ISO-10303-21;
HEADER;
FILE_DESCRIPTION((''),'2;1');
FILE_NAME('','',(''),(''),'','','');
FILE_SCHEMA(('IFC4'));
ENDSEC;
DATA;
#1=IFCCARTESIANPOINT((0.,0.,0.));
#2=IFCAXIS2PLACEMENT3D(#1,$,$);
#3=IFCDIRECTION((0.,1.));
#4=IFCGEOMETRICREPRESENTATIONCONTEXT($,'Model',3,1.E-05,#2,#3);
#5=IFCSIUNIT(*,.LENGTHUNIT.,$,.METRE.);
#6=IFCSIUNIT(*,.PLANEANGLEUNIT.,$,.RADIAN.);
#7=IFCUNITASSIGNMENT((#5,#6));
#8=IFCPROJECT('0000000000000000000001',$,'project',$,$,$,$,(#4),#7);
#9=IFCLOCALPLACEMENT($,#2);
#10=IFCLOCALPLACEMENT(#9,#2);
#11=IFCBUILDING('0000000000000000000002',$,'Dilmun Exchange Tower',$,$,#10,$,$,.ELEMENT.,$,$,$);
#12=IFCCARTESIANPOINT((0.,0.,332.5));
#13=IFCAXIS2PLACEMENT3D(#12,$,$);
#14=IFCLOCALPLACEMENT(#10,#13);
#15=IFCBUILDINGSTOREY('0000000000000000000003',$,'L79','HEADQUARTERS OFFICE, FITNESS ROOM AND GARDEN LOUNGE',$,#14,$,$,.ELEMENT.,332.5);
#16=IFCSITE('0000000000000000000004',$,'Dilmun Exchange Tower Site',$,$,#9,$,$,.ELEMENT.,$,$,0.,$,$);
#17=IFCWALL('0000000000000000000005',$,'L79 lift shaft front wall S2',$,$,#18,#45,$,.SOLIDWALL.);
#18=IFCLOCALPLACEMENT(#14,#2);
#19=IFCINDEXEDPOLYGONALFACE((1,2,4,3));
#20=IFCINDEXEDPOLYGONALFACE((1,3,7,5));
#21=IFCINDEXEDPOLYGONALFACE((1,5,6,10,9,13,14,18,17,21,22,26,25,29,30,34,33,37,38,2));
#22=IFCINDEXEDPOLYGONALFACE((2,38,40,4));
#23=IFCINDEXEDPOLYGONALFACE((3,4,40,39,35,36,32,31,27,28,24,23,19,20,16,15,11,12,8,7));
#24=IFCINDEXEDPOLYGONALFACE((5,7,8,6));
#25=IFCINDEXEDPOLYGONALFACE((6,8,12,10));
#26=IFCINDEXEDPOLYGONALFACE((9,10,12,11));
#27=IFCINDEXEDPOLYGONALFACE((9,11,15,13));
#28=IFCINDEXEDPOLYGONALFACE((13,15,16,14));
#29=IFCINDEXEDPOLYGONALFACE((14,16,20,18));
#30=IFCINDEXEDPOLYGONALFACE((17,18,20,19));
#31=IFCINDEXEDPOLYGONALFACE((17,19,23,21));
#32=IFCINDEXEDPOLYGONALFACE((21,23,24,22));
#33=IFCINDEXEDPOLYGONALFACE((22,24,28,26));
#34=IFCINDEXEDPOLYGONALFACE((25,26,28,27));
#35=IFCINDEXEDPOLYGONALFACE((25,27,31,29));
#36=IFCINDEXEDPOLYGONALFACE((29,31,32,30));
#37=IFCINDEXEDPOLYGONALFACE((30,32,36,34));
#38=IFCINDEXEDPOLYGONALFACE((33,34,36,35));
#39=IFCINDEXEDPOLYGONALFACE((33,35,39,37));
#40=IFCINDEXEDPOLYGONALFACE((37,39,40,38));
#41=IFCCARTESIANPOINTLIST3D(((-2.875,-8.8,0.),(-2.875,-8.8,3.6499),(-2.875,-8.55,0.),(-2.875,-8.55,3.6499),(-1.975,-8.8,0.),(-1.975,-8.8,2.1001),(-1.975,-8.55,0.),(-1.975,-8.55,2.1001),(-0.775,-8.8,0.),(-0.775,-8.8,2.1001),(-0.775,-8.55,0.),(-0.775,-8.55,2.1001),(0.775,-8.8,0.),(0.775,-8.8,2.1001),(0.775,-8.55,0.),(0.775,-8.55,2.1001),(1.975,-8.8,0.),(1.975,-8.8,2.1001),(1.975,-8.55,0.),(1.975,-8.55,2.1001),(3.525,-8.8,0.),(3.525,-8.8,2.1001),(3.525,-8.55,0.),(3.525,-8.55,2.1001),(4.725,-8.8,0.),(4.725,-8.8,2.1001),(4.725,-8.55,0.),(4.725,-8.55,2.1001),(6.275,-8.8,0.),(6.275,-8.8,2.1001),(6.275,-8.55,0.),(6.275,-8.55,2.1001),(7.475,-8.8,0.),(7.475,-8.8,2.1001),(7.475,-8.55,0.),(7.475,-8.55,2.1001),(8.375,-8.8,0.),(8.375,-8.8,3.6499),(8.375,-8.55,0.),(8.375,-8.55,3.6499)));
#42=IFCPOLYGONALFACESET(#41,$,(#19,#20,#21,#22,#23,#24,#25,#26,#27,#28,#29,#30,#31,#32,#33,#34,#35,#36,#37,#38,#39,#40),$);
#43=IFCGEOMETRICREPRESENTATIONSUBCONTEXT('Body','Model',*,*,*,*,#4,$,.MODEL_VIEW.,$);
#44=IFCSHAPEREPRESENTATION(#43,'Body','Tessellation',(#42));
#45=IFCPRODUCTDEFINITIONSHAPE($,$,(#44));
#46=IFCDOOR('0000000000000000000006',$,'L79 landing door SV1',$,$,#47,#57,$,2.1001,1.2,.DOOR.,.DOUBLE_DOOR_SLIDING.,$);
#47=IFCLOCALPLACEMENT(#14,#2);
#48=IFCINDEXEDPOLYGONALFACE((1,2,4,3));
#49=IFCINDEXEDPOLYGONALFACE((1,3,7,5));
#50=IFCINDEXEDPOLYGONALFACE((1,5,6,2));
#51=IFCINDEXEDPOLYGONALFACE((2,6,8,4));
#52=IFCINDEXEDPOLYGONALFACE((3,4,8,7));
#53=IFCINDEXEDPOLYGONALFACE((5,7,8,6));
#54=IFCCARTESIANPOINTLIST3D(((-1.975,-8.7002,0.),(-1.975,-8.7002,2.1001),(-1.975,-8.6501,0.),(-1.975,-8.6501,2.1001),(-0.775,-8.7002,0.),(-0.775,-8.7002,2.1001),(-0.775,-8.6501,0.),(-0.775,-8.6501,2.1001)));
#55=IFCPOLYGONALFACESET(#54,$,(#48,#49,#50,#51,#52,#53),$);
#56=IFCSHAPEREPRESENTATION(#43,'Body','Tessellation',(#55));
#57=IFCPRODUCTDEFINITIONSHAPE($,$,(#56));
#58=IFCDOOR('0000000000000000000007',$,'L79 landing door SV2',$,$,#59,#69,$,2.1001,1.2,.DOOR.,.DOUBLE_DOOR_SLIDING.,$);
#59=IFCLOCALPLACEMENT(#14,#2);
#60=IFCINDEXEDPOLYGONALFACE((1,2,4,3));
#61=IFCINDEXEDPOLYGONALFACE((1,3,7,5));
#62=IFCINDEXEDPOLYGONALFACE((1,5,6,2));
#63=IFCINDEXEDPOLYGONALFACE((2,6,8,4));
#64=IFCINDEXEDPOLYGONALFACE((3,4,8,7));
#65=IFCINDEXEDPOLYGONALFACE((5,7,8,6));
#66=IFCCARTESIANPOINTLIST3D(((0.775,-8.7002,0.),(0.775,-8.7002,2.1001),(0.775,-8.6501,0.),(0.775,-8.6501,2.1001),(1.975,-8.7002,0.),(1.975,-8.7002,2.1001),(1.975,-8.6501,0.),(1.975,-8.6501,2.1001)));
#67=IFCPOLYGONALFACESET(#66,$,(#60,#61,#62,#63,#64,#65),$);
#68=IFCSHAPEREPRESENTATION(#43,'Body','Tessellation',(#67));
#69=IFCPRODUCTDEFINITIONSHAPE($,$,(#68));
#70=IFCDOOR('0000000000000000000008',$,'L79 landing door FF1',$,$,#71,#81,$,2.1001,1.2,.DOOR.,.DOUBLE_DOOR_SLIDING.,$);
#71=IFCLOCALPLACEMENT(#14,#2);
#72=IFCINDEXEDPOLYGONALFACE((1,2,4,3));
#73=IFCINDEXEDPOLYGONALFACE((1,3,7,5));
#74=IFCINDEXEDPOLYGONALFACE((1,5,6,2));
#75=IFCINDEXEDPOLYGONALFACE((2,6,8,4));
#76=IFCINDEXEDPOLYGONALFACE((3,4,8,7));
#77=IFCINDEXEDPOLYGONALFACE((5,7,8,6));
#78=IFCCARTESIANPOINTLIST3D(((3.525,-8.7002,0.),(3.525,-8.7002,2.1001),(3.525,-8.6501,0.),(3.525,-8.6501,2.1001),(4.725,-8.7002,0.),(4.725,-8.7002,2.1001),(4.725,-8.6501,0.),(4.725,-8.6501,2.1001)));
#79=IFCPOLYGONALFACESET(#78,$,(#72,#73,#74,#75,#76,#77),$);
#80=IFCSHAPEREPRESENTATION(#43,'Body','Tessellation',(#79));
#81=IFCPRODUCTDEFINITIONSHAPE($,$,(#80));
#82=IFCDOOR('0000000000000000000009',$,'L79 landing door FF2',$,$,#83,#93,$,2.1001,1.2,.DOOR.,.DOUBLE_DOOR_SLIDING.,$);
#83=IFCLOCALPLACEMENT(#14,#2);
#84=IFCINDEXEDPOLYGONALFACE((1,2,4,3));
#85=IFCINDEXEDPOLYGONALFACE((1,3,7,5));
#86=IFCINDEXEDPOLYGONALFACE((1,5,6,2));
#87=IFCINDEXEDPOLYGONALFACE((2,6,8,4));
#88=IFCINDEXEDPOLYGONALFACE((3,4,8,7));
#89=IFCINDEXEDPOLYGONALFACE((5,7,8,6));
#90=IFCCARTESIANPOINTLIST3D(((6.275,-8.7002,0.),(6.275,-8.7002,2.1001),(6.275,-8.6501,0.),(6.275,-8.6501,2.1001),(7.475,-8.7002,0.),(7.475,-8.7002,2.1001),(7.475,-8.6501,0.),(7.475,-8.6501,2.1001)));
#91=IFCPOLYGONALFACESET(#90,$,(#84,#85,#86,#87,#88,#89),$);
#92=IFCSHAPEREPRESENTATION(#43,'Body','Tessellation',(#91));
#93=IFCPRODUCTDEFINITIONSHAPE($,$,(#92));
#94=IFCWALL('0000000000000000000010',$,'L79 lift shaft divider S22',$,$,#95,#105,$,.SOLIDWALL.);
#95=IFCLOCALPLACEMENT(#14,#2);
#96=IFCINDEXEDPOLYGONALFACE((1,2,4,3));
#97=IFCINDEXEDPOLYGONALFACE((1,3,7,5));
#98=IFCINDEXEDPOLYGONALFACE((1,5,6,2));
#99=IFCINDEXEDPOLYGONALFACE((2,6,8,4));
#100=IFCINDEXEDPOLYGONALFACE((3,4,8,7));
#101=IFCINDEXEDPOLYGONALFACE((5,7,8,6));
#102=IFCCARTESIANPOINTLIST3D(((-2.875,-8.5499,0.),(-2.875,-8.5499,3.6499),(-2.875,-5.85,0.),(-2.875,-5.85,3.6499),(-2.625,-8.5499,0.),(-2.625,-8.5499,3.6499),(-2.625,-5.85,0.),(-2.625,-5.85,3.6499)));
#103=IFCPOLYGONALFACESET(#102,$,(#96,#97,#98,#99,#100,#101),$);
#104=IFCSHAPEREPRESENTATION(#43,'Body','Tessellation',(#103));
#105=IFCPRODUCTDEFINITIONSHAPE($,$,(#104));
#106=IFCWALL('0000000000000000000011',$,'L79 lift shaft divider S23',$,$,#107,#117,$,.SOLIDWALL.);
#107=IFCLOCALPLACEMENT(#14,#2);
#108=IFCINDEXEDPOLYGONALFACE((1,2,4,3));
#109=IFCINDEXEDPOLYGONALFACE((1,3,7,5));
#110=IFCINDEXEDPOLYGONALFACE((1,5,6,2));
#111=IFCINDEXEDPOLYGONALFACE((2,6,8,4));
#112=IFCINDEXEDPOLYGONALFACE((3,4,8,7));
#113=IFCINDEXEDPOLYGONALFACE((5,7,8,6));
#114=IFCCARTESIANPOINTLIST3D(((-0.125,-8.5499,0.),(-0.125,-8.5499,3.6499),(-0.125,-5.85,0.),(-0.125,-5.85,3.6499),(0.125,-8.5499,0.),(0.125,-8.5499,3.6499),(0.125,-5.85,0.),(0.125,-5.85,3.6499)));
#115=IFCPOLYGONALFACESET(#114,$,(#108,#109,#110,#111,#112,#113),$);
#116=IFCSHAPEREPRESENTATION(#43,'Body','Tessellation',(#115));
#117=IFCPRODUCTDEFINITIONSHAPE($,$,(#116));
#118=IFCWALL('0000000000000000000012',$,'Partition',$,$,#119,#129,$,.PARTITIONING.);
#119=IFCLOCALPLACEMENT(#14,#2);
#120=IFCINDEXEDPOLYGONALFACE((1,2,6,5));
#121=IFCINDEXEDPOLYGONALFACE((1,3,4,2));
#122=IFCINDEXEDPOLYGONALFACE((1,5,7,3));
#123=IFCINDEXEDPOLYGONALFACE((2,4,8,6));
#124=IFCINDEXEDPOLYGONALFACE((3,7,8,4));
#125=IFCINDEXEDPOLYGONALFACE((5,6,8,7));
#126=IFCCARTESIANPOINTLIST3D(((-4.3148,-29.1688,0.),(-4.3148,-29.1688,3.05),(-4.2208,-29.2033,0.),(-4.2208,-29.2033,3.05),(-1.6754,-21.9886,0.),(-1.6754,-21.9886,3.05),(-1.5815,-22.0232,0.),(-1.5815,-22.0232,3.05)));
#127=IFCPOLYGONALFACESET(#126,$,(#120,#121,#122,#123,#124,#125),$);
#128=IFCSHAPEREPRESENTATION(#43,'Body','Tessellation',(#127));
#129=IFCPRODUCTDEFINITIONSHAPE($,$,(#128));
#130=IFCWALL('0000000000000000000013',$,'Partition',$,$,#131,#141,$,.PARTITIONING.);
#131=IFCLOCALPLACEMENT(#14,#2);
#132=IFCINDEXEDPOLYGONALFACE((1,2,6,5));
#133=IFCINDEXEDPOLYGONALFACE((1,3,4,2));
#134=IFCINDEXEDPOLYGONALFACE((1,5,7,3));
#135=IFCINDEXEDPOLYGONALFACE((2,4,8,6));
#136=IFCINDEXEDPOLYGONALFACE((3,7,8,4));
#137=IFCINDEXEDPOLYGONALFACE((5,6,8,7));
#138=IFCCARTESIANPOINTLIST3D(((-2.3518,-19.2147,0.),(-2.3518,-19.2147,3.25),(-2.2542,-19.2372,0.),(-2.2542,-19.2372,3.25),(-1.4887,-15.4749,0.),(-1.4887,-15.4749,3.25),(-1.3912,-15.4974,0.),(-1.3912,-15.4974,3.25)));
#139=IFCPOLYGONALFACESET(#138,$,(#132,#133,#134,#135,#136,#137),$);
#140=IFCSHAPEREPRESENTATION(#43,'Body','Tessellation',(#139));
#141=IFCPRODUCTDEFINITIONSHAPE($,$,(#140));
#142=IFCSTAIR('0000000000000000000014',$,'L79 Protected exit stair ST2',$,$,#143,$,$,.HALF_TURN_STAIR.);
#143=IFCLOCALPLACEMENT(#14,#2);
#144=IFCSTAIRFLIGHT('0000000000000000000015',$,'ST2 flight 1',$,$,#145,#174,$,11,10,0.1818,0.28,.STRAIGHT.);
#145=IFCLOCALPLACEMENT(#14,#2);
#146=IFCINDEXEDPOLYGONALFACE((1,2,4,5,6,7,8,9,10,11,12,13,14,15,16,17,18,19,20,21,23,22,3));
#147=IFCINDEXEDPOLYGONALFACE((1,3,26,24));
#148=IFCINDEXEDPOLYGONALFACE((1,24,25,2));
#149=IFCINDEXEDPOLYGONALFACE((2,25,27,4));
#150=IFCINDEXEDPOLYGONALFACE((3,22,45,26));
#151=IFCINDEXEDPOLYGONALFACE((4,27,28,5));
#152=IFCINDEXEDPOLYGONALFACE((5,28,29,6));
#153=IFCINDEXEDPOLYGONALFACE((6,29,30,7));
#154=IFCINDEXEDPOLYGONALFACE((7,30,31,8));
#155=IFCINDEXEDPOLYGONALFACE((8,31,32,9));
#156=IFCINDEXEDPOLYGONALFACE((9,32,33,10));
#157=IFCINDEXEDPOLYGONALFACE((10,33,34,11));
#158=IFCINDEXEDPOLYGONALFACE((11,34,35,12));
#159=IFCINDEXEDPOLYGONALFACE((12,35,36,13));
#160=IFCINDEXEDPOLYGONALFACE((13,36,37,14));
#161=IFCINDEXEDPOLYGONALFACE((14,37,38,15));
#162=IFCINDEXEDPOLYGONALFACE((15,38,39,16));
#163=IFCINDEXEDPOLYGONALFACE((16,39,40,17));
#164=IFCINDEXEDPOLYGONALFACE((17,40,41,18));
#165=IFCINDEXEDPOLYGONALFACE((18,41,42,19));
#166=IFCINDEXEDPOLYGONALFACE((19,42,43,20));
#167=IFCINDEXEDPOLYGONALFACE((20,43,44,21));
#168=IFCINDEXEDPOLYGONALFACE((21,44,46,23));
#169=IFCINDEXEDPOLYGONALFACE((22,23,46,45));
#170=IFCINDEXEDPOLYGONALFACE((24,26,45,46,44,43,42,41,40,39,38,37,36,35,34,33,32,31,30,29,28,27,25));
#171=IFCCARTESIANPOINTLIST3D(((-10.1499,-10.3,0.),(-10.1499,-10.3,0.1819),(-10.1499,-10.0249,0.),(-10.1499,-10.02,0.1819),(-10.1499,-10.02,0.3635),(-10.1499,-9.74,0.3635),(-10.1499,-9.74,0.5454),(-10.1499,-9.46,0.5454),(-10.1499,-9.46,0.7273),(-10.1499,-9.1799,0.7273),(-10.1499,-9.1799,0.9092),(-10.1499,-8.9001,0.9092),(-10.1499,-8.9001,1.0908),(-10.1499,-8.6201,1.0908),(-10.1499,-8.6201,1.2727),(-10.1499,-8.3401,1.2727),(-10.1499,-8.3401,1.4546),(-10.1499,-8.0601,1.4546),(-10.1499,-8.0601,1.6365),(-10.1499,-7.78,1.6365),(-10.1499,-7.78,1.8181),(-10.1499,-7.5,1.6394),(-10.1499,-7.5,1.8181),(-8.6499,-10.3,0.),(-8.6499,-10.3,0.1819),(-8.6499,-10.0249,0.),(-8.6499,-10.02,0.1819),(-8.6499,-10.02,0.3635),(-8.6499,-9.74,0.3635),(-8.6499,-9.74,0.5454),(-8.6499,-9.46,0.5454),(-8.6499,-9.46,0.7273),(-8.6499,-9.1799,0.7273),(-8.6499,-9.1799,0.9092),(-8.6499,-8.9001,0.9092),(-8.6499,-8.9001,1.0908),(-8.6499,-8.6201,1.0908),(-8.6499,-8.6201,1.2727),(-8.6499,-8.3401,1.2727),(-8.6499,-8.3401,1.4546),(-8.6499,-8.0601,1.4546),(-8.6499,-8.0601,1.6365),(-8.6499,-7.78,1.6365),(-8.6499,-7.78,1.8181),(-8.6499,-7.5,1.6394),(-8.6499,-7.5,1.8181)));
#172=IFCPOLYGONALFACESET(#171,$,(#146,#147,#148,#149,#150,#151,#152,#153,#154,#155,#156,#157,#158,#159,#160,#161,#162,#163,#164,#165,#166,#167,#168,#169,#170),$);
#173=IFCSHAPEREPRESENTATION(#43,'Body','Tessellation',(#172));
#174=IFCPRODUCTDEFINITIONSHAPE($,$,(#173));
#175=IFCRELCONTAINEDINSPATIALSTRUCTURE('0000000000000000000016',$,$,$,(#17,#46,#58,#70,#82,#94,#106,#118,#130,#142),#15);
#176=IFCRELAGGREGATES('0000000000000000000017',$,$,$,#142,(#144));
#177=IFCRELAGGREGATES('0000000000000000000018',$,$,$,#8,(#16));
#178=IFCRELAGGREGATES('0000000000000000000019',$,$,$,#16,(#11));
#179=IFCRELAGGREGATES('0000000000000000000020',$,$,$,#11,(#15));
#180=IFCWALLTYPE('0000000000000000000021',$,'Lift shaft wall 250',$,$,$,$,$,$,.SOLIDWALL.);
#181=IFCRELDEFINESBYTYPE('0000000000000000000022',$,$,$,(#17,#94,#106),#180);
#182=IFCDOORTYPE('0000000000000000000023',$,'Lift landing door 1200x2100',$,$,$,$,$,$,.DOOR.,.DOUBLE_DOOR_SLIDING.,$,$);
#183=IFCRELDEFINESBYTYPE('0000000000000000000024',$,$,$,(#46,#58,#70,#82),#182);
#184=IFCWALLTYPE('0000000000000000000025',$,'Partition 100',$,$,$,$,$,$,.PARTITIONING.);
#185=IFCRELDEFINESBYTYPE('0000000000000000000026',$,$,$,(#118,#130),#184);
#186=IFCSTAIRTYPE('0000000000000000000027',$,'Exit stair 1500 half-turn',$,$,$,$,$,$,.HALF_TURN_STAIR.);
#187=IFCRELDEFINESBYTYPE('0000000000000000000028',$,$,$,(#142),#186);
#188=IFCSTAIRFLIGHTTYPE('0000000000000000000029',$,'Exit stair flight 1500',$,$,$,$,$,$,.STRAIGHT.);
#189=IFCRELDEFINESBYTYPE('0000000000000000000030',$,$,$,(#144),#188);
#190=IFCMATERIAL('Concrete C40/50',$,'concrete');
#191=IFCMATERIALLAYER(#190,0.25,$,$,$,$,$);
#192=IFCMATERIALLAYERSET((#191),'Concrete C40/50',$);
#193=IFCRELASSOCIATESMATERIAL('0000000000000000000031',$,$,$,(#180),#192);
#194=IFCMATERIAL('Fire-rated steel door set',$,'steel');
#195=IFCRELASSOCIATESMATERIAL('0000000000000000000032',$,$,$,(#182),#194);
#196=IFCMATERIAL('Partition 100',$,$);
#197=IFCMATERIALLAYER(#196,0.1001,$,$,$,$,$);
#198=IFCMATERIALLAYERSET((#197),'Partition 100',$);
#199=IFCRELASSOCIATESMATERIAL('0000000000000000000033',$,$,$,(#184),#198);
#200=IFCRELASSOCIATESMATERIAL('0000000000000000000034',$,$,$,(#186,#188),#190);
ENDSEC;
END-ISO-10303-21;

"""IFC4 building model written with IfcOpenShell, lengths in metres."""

from ifc_helpers import new_model, si_unit, direction, frame, frame_2d, origin, place, context, subcontext, project, spatial, polyline, rectangle, outline, extrude, material, layer, layer_set, type_object, element, fill, aggregate, save


model = new_model("IFC4")

# Units and contexts
model_context = context("Model", 3, precision=1e-05, world=origin(), true_north=direction((0.0, 1.0)))
body_context = subcontext(model_context, "Body", "Model", "MODEL_VIEW")
ifc_project = project(units=[si_unit("LENGTHUNIT", "METRE"), si_unit("PLANEANGLEUNIT", "RADIAN")], contexts=[model_context])

# Site, building, storey
site_placement = place(None, origin())
site = spatial("IfcSite", under=ifc_project, at=site_placement, Name="Dilmun Exchange Tower Site", CompositionType="ELEMENT", RefElevation=0.0)
building_placement = place(site_placement, origin())
building = spatial("IfcBuilding", under=site, at=building_placement, Name="Dilmun Exchange Tower", CompositionType="ELEMENT")
storey_placement = place(building_placement, frame((0.0, 0.0, 332.5)))
storey = spatial("IfcBuildingStorey", under=building, at=storey_placement, Name="L79", Description="HEADQUARTERS OFFICE, FITNESS ROOM AND GARDEN LOUNGE", CompositionType="ELEMENT", Elevation=332.5)

# Shared definitions
ifc_material_1 = material(Name="Concrete C40/50", Category="concrete")

# Shared definitions
ifc_material_2 = material(Name="Fire-rated steel door set", Category="steel")

# Wall, openings, doors
ifc_layer_1 = layer(ifc_material_1, 0.25)
ifc_layer_set_1 = layer_set([ifc_layer_1], Name="Concrete C40/50")
wall_type_1 = type_object("IfcWallType", Name="Lift shaft wall 250", PredefinedType="SOLIDWALL", material=ifc_layer_set_1)
wall_1_placement = place(storey_placement, frame((-2.875, -8.675, 0.0), z_axis=(0.0, 0.0, 1.0), x_axis=(1.0, 0.0, 0.0)))
wall_1 = element("IfcWall", 1, at=wall_1_placement, inside=storey, type_object=wall_type_1, Name="L79 lift shaft front wall S2", PredefinedType="SOLIDWALL", context=body_context, shape_type="SweptSolid", body=[
    extrude(rectangle(XDim=11.25, YDim=0.25, at=frame_2d((5.625, 0.0))), origin(), (0.0, 0.0, 1.0), 3.6499),
])
opening_1_placement = place(wall_1_placement, frame((0.8999, 0.0, 0.0)))
opening_1 = element("IfcOpeningElement", 2, at=opening_1_placement, cuts=wall_1, PredefinedType="OPENING", context=body_context, shape_type="SweptSolid", body=[
    extrude(rectangle(XDim=1.2, YDim=2.1001, at=frame_2d((0.6001, 1.05))), frame((0.0, 0.135, 0.0), z_axis=(0.0, -1.0, 0.0), x_axis=(1.0, 0.0, 0.0)), (0.0, 0.0, 1.0), 0.27),
])
opening_2_placement = place(wall_1_placement, frame((3.6499, 0.0, 0.0)))
opening_2 = element("IfcOpeningElement", 3, at=opening_2_placement, cuts=wall_1, PredefinedType="OPENING", context=body_context, shape_type="SweptSolid", body=[
    extrude(rectangle(XDim=1.2, YDim=2.1001, at=frame_2d((0.6001, 1.05))), frame((0.0, 0.135, 0.0), z_axis=(0.0, -1.0, 0.0), x_axis=(1.0, 0.0, 0.0)), (0.0, 0.0, 1.0), 0.27),
])
opening_3_placement = place(wall_1_placement, frame((6.3999, 0.0, 0.0)))
opening_3 = element("IfcOpeningElement", 4, at=opening_3_placement, cuts=wall_1, PredefinedType="OPENING", context=body_context, shape_type="SweptSolid", body=[
    extrude(rectangle(XDim=1.2, YDim=2.1001, at=frame_2d((0.6001, 1.05))), frame((0.0, 0.135, 0.0), z_axis=(0.0, -1.0, 0.0), x_axis=(1.0, 0.0, 0.0)), (0.0, 0.0, 1.0), 0.27),
])
opening_4_placement = place(wall_1_placement, frame((9.1499, 0.0, 0.0)))
opening_4 = element("IfcOpeningElement", 5, at=opening_4_placement, cuts=wall_1, PredefinedType="OPENING", context=body_context, shape_type="SweptSolid", body=[
    extrude(rectangle(XDim=1.2, YDim=2.1001, at=frame_2d((0.6001, 1.05))), frame((0.0, 0.135, 0.0), z_axis=(0.0, -1.0, 0.0), x_axis=(1.0, 0.0, 0.0)), (0.0, 0.0, 1.0), 0.27),
])
door_type_1 = type_object("IfcDoorType", Name="Lift landing door 1200x2100", OperationType="DOUBLE_DOOR_SLIDING", PredefinedType="DOOR", material=ifc_material_2)
door_1_placement = place(opening_1_placement, origin())
door_1 = element("IfcDoor", 6, at=door_1_placement, inside=storey, type_object=door_type_1, Name="L79 landing door SV1", OperationType="DOUBLE_DOOR_SLIDING", OverallHeight=2.1001, OverallWidth=1.2, PredefinedType="DOOR", context=body_context, shape_type="SweptSolid", body=[
    extrude(rectangle(XDim=1.2, YDim=2.1001, at=frame_2d((0.6001, 1.05))), frame((0.0, 0.0249, 0.0), z_axis=(0.0, -1.0, 0.0), x_axis=(1.0, 0.0, 0.0)), (0.0, 0.0, 1.0), 0.05),
])
fill(opening_1, door_1)
door_2_placement = place(opening_2_placement, origin())
door_2 = element("IfcDoor", 7, at=door_2_placement, inside=storey, type_object=door_type_1, Name="L79 landing door SV2", OperationType="DOUBLE_DOOR_SLIDING", OverallHeight=2.1001, OverallWidth=1.2, PredefinedType="DOOR", context=body_context, shape_type="SweptSolid", body=[
    extrude(rectangle(XDim=1.2, YDim=2.1001, at=frame_2d((0.6001, 1.05))), frame((0.0, 0.0249, 0.0), z_axis=(0.0, -1.0, 0.0), x_axis=(1.0, 0.0, 0.0)), (0.0, 0.0, 1.0), 0.05),
])
fill(opening_2, door_2)
door_3_placement = place(opening_3_placement, origin())
door_3 = element("IfcDoor", 8, at=door_3_placement, inside=storey, type_object=door_type_1, Name="L79 landing door FF1", OperationType="DOUBLE_DOOR_SLIDING", OverallHeight=2.1001, OverallWidth=1.2, PredefinedType="DOOR", context=body_context, shape_type="SweptSolid", body=[
    extrude(rectangle(XDim=1.2, YDim=2.1001, at=frame_2d((0.6001, 1.05))), frame((0.0, 0.0249, 0.0), z_axis=(0.0, -1.0, 0.0), x_axis=(1.0, 0.0, 0.0)), (0.0, 0.0, 1.0), 0.05),
])
fill(opening_3, door_3)
door_4_placement = place(opening_4_placement, origin())
door_4 = element("IfcDoor", 9, at=door_4_placement, inside=storey, type_object=door_type_1, Name="L79 landing door FF2", OperationType="DOUBLE_DOOR_SLIDING", OverallHeight=2.1001, OverallWidth=1.2, PredefinedType="DOOR", context=body_context, shape_type="SweptSolid", body=[
    extrude(rectangle(XDim=1.2, YDim=2.1001, at=frame_2d((0.6001, 1.05))), frame((0.0, 0.0249, 0.0), z_axis=(0.0, -1.0, 0.0), x_axis=(1.0, 0.0, 0.0)), (0.0, 0.0, 1.0), 0.05),
])
fill(opening_4, door_4)

# Walls
for number, where, z_axis, x_axis, name in (
    (10, (-2.75, -8.55, 0.0), (0.0, 0.0, 1.0), (0.0, 1.0, 0.0), "L79 lift shaft divider S22"),
    (11, (0.0, -8.55, 0.0), (0.0, 0.0, 1.0), (0.0, 1.0, 0.0), "L79 lift shaft divider S23"),
):
    element("IfcWall", number, at=place(storey_placement, frame(where, z_axis=z_axis, x_axis=x_axis)), inside=storey, type_object=wall_type_1, Name=name, PredefinedType="SOLIDWALL", context=body_context, shape_type="SweptSolid", body=[
        extrude(rectangle(XDim=2.7, YDim=0.25, at=frame_2d((1.3501, 0.0))), origin(), (0.0, 0.0, 1.0), 3.6499),
    ])
ifc_material_3 = material(Name="Partition 100")
ifc_layer_2 = layer(ifc_material_3, 0.1001)
ifc_layer_set_2 = layer_set([ifc_layer_2], Name="Partition 100")
wall_type_2 = type_object("IfcWallType", Name="Partition 100", PredefinedType="PARTITIONING", material=ifc_layer_set_2)
wall_2_placement = place(storey_placement, frame((-4.2678, -29.186, 0.0), z_axis=(0.0, 0.0, 1.0), x_axis=(0.345023, 0.938594, 0.0)))
element("IfcWall", 12, at=wall_2_placement, inside=storey, type_object=wall_type_2, Name="Partition", PredefinedType="PARTITIONING", context=body_context, shape_type="SweptSolid", body=[
    extrude(rectangle(XDim=7.6499, YDim=0.1001, at=frame_2d((3.825, 0.0))), origin(), (0.0, 0.0, 1.0), 3.05),
])
wall_3_placement = place(storey_placement, frame((-2.303, -19.2258, 0.0), z_axis=(0.0, 0.0, 1.0), x_axis=(0.224864, 0.97439, 0.0)))
element("IfcWall", 13, at=wall_3_placement, inside=storey, type_object=wall_type_2, Name="Partition", PredefinedType="PARTITIONING", context=body_context, shape_type="SweptSolid", body=[
    extrude(rectangle(XDim=3.8381, YDim=0.1001, at=frame_2d((1.9189, 0.0))), origin(), (0.0, 0.0, 1.0), 3.25),
])

# Stair, stair flight
stair_type = type_object("IfcStairType", Name="Exit stair 1500 half-turn", PredefinedType="HALF_TURN_STAIR", material=ifc_material_1)
stair_placement = place(storey_placement, origin())
stair = element("IfcStair", 14, at=stair_placement, inside=storey, type_object=stair_type, Name="L79 Protected exit stair ST2", PredefinedType="HALF_TURN_STAIR")
stair_flight_type = type_object("IfcStairFlightType", Name="Exit stair flight 1500", PredefinedType="STRAIGHT", material=ifc_material_1)
stair_flight_placement = place(storey_placement, frame((-9.3999, -10.3, 0.0), z_axis=(0.0, 0.0, 1.0), x_axis=(0.0, 1.0, 0.0)))
stair_flight = element("IfcStairFlight", 15, at=stair_flight_placement, type_object=stair_flight_type, Name="ST2 flight 1", NumberOfRisers=11, NumberOfTreads=10, PredefinedType="STRAIGHT", RiserHeight=0.1818, TreadLength=0.28, context=body_context, shape_type="SweptSolid", body=[
    extrude(outline(polyline([(0.0, 0.0), (0.0, 0.1819), (0.28, 0.1819), (0.28, 0.3635), (0.5601, 0.3635), (0.5601, 0.5454), (0.8401, 0.5454), (0.8401, 0.7273), (1.1201, 0.7273), (1.1201, 0.9092), (1.3999, 0.9092), (1.3999, 1.0908), (1.6799, 1.0908), (1.6799, 1.2727), (1.96, 1.2727), (1.96, 1.4546), (2.24, 1.4546), (2.24, 1.6365), (2.52, 1.6365), (2.52, 1.8181), (2.8, 1.8181), (2.8, 2.0), (2.8, 1.6394), (0.2751, 0.0), (0.0, 0.0)])), frame((0.0, 0.75, 0.0), z_axis=(0.0, -1.0, 0.0), x_axis=(1.0, 0.0, 0.0)), (0.0, 0.0, 1.0), 1.5),
])
aggregate(stair, [stair_flight])

save(model, "model.ifc")
